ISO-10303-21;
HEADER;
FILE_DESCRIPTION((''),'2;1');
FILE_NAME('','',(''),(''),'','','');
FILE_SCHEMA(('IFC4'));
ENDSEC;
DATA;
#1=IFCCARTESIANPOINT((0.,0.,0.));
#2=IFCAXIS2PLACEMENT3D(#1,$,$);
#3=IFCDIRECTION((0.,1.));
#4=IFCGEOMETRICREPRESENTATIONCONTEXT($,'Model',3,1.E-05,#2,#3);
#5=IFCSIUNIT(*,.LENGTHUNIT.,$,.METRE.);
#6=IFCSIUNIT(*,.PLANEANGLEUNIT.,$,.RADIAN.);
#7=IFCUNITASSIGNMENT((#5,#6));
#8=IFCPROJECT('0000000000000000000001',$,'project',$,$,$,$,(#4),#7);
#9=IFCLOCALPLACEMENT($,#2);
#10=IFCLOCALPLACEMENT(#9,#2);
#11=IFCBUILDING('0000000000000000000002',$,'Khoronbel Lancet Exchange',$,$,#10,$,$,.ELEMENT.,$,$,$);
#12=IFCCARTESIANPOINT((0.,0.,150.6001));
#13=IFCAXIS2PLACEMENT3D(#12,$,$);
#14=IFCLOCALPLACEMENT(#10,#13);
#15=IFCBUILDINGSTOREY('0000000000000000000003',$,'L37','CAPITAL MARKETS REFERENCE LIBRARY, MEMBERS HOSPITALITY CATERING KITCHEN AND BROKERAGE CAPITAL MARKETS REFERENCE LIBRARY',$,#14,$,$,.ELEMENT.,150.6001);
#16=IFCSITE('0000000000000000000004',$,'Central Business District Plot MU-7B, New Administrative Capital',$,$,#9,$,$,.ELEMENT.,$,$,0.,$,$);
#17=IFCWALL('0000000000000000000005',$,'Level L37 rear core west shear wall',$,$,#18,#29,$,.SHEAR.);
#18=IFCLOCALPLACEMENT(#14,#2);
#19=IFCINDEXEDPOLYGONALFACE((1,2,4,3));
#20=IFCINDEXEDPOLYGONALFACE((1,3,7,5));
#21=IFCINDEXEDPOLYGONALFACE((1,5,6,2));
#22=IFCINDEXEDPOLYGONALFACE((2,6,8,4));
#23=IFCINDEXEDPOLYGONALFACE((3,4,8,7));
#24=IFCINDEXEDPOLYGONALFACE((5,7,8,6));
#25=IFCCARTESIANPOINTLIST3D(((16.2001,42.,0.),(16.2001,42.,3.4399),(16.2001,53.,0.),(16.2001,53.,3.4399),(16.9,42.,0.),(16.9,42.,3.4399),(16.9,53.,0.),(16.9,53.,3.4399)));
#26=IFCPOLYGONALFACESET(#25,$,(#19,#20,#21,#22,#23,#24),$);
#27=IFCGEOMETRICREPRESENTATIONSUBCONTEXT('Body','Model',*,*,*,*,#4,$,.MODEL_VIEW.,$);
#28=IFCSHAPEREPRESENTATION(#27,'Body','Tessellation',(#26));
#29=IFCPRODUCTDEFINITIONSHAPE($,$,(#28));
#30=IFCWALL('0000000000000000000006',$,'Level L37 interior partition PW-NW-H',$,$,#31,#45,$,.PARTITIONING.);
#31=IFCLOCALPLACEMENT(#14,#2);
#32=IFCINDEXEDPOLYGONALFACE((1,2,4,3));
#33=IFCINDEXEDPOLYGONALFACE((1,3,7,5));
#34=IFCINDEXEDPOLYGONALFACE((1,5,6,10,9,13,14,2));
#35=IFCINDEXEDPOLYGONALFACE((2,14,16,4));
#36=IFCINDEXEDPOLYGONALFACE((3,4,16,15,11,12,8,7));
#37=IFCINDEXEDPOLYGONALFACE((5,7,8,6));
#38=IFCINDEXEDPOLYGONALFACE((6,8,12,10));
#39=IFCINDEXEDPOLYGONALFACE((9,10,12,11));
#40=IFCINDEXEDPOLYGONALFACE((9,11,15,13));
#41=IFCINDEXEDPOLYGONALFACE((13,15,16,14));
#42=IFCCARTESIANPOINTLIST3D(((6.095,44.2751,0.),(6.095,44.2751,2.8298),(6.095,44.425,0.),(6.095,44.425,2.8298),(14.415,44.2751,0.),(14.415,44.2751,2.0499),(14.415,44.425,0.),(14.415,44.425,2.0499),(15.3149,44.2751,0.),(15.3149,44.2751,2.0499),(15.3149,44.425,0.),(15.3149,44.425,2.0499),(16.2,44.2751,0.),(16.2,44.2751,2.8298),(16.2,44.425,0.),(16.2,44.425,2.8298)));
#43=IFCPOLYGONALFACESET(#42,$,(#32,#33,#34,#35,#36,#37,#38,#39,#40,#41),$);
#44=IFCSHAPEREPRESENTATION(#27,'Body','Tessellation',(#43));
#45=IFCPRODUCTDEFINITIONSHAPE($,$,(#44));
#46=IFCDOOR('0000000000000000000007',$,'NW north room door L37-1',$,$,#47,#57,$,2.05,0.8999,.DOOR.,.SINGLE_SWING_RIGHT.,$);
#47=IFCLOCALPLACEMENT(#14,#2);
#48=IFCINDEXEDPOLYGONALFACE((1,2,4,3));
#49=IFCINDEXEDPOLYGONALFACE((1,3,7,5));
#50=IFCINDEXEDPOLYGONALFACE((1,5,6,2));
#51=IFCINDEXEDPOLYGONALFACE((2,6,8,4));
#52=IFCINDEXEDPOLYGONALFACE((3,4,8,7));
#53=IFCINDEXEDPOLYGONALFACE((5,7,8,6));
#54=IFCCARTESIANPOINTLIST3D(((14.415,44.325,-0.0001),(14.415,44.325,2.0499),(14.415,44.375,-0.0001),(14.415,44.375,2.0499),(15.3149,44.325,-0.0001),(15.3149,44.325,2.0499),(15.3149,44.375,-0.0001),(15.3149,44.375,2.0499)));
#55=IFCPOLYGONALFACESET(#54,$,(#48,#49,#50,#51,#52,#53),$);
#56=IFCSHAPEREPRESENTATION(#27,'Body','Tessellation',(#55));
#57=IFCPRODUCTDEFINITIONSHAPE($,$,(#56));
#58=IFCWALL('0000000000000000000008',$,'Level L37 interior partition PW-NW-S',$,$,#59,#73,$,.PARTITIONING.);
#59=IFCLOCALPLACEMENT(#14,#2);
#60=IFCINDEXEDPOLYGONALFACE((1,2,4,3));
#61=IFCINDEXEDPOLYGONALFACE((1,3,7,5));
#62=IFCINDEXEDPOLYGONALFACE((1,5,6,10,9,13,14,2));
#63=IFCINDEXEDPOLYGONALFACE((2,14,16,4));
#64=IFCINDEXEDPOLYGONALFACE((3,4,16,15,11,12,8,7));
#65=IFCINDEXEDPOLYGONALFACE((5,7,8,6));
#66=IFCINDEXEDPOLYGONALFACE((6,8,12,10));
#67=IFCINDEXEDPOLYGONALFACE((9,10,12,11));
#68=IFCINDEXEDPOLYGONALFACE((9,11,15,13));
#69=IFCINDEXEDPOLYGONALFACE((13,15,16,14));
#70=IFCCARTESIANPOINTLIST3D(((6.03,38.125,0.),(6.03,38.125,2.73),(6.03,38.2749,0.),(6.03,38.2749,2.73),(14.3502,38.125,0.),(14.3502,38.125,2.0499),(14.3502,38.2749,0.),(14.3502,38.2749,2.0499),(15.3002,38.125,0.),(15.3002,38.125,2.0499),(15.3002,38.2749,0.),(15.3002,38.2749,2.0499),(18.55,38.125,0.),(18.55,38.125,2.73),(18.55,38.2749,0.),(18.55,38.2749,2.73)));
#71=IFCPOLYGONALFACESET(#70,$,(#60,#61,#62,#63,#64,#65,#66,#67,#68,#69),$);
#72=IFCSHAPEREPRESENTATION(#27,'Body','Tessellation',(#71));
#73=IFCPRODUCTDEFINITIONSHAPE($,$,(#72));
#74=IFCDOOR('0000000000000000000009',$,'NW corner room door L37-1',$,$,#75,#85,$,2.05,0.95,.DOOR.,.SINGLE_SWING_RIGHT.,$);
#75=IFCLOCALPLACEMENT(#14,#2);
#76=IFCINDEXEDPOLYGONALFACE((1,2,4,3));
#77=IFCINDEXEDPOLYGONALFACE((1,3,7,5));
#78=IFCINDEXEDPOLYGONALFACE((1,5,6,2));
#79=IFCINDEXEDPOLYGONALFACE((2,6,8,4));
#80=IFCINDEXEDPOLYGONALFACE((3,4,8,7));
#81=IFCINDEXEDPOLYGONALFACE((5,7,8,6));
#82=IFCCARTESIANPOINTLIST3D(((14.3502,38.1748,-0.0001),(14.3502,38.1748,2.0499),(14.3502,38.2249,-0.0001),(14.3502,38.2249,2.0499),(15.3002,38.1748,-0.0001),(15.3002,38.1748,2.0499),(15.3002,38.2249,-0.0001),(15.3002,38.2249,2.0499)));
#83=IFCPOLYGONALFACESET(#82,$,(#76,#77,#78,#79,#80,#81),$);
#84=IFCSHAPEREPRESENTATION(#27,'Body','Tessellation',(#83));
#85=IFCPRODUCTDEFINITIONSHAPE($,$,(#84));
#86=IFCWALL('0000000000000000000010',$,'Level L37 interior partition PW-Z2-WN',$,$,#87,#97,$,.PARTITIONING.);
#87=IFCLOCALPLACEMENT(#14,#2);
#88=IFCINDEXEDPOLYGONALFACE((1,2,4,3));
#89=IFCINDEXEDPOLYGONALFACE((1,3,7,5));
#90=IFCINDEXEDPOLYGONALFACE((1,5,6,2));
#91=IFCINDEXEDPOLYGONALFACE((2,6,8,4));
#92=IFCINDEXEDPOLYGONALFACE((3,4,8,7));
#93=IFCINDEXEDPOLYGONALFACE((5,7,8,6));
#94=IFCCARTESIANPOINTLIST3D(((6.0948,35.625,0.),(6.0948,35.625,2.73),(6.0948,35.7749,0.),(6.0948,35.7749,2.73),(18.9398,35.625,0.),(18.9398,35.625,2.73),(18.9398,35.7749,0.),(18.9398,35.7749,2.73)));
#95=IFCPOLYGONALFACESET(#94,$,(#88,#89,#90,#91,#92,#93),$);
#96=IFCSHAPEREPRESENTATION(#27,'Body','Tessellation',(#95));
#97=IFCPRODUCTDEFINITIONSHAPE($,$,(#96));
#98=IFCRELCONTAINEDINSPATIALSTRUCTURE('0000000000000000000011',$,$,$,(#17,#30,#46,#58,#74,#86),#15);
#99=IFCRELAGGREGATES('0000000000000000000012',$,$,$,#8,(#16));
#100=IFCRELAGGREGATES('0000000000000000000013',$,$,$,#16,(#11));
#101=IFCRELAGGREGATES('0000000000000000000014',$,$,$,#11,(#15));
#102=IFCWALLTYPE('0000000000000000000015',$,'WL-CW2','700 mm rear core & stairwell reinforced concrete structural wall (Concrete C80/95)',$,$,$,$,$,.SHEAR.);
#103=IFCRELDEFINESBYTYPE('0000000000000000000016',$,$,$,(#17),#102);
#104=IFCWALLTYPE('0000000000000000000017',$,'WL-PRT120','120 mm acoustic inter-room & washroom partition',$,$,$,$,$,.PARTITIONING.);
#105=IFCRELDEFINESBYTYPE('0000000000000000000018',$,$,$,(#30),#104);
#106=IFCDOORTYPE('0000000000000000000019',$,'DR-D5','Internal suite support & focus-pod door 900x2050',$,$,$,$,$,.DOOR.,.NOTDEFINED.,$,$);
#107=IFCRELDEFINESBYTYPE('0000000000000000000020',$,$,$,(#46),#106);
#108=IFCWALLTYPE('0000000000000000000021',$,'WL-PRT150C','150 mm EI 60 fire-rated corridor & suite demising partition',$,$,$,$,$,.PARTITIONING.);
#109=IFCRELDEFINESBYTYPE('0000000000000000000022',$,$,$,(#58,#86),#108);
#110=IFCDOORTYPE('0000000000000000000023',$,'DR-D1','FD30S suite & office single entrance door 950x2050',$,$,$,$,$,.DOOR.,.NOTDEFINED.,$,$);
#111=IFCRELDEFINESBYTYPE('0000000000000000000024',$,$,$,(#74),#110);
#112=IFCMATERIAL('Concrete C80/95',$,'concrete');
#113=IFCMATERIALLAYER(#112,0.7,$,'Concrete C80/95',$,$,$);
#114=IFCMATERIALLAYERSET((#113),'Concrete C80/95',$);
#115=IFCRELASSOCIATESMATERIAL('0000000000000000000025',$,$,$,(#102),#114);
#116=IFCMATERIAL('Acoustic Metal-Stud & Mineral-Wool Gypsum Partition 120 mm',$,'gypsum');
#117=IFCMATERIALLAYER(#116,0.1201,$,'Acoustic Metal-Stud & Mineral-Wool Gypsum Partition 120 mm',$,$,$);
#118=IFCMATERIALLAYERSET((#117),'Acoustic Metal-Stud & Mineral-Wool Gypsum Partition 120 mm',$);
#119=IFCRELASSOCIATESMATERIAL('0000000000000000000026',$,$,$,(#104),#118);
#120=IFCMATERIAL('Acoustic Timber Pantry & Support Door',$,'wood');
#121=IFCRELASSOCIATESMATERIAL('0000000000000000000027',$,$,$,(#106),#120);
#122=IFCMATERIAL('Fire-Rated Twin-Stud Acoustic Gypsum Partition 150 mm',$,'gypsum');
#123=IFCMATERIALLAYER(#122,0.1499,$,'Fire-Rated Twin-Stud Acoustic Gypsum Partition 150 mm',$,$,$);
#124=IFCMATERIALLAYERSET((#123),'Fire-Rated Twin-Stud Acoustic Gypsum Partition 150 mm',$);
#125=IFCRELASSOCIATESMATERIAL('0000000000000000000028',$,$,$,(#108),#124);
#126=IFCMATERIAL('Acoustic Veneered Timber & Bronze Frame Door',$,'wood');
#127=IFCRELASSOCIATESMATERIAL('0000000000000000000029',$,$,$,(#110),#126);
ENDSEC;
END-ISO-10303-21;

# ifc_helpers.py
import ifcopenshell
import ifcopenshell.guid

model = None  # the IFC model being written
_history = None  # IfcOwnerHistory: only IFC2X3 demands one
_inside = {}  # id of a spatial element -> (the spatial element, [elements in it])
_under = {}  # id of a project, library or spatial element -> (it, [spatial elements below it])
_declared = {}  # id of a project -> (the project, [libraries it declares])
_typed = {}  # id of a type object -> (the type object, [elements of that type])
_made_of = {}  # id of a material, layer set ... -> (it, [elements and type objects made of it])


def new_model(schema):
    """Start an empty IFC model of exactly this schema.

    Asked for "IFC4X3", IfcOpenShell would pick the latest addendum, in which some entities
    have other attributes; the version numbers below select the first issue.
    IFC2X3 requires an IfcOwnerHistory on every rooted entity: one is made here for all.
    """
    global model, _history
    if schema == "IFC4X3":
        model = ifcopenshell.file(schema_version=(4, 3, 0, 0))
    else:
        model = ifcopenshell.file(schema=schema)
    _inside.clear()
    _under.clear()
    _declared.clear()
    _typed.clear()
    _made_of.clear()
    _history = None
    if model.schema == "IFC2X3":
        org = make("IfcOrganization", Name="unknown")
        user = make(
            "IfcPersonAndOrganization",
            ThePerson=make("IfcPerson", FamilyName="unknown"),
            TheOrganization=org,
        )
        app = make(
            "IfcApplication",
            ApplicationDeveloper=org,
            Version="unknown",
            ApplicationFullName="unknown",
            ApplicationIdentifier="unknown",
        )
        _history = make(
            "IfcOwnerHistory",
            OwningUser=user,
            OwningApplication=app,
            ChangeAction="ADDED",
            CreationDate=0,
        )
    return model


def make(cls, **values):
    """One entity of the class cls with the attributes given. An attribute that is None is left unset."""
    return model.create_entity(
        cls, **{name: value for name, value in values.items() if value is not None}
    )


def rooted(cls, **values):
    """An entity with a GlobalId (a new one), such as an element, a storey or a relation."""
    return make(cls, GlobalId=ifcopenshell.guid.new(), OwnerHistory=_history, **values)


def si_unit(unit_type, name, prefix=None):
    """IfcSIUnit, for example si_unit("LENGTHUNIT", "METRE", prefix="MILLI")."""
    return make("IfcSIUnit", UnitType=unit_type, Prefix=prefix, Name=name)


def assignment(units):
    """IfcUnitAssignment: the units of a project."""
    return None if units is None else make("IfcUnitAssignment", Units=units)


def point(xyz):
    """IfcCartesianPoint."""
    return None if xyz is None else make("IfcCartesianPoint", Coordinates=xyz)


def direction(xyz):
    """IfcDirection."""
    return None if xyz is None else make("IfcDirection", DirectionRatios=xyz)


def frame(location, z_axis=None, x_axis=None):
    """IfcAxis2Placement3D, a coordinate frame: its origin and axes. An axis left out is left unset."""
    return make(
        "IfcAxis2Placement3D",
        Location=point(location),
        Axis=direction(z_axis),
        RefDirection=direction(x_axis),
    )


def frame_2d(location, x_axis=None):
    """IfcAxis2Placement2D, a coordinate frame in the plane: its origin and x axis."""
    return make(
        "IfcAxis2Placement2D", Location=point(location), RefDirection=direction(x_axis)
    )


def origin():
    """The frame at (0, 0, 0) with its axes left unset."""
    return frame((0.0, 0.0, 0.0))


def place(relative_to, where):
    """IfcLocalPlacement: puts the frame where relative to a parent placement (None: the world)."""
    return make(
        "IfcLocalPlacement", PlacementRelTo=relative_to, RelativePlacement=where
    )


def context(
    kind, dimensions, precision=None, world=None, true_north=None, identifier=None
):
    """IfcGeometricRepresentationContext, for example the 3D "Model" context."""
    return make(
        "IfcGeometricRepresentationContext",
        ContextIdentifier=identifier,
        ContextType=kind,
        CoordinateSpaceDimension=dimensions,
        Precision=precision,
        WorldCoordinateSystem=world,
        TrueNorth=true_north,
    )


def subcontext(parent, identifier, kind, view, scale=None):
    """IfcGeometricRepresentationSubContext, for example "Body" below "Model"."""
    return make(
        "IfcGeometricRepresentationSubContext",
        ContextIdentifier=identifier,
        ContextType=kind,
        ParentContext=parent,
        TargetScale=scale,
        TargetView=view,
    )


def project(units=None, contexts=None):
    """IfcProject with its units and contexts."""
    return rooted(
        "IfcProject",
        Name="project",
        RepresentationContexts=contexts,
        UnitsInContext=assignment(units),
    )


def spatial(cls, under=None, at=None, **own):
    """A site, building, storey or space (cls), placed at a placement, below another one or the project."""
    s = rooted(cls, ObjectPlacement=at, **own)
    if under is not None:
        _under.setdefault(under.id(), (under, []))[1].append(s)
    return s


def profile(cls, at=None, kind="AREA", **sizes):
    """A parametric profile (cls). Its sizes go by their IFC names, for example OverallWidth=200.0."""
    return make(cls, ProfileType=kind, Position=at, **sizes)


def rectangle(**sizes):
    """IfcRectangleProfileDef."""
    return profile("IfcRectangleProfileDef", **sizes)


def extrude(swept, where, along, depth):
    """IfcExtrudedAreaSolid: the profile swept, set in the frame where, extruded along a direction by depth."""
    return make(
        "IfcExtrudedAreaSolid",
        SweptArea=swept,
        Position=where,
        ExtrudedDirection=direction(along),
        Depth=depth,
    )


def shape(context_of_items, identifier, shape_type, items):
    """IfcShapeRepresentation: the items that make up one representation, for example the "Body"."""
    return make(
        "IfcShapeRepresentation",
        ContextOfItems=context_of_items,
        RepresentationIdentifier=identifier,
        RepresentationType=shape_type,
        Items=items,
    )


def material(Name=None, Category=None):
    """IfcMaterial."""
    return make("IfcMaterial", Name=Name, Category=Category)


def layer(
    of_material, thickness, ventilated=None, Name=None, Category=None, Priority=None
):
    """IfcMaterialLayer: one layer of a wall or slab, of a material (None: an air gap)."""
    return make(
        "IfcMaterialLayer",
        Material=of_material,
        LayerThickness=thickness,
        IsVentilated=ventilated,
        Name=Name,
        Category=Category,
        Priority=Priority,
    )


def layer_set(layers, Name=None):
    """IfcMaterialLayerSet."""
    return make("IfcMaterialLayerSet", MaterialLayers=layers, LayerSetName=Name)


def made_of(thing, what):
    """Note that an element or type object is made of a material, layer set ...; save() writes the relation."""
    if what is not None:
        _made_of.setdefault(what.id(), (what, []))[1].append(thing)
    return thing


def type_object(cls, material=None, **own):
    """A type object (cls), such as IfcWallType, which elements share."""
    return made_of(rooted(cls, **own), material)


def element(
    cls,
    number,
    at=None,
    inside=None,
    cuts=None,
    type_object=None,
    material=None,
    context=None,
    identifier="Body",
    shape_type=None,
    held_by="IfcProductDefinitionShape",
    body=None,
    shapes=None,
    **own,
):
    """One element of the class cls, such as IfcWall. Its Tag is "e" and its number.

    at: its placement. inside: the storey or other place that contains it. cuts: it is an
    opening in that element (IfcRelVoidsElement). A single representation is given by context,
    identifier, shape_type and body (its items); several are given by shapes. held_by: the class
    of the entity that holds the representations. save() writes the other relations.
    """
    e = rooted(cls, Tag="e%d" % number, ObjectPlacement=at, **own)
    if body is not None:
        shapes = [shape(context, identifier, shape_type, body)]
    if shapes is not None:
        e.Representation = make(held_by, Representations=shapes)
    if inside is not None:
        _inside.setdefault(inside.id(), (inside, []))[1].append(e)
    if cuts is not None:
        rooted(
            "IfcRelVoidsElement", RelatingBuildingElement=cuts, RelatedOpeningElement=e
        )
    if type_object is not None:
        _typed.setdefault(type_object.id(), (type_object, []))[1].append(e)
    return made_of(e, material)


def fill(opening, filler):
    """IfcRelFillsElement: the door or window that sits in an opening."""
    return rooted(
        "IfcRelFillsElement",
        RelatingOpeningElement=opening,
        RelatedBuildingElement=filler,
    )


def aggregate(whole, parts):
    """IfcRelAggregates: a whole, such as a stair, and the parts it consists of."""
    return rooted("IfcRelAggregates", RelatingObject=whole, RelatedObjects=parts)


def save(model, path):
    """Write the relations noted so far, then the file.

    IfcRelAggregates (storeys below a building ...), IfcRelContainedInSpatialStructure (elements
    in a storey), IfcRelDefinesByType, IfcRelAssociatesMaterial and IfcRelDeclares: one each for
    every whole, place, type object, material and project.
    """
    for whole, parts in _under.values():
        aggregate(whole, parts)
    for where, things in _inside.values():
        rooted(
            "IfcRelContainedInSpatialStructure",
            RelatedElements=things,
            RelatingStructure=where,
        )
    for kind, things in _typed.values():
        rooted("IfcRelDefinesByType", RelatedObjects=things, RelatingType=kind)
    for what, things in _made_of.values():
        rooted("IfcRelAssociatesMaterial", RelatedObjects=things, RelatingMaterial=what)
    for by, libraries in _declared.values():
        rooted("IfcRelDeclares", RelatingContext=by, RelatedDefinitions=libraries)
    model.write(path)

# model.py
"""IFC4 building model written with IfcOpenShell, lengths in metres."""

from ifc_helpers import new_model, si_unit, direction, frame, frame_2d, origin, place, context, subcontext, project, spatial, rectangle, extrude, material, layer, layer_set, type_object, element, fill, save


model = new_model("IFC4")

# Units and contexts
model_context = context("Model", 3, precision=1e-05, world=origin(), true_north=direction((0.0, 1.0)))
body_context = subcontext(model_context, "Body", "Model", "MODEL_VIEW")
ifc_project = project(units=[si_unit("LENGTHUNIT", "METRE"), si_unit("PLANEANGLEUNIT", "RADIAN")], contexts=[model_context])

# Site, building, storey
site_placement = place(None, origin())
site = spatial("IfcSite", under=ifc_project, at=site_placement, Name="Central Business District Plot MU-7B, New Administrative Capital", CompositionType="ELEMENT", RefElevation=0.0)
building_placement = place(site_placement, origin())
building = spatial("IfcBuilding", under=site, at=building_placement, Name="Khoronbel Lancet Exchange", CompositionType="ELEMENT")
storey_placement = place(building_placement, frame((0.0, 0.0, 150.6001)))
storey = spatial("IfcBuildingStorey", under=building, at=storey_placement, Name="L37", Description="CAPITAL MARKETS REFERENCE LIBRARY, MEMBERS HOSPITALITY CATERING KITCHEN AND BROKERAGE CAPITAL MARKETS REFERENCE LIBRARY", CompositionType="ELEMENT", Elevation=150.6001)

# Wall
ifc_material_1 = material(Name="Concrete C80/95", Category="concrete")
ifc_layer_1 = layer(ifc_material_1, 0.7, Name="Concrete C80/95")
ifc_layer_set_1 = layer_set([ifc_layer_1], Name="Concrete C80/95")
wall_type_1 = type_object("IfcWallType", Name="WL-CW2", Description="700 mm rear core & stairwell reinforced concrete structural wall (Concrete C80/95)", PredefinedType="SHEAR", material=ifc_layer_set_1)
wall_1_placement = place(storey_placement, frame((16.55, 42.0, 0.0), z_axis=(0.0, 0.0, 1.0), x_axis=(0.0, 1.0, 0.0)))
element("IfcWall", 1, at=wall_1_placement, inside=storey, type_object=wall_type_1, Name="Level L37 rear core west shear wall", PredefinedType="SHEAR", context=body_context, shape_type="SweptSolid", body=[
    extrude(rectangle(XDim=11.0, YDim=0.7, at=frame_2d((5.5, 0.0))), origin(), (0.0, 0.0, 1.0), 3.4399),
])

# Walls, openings, doors
ifc_material_2 = material(Name="Acoustic Metal-Stud & Mineral-Wool Gypsum Partition 120 mm", Category="gypsum")
ifc_layer_2 = layer(ifc_material_2, 0.1201, Name="Acoustic Metal-Stud & Mineral-Wool Gypsum Partition 120 mm")
ifc_layer_set_2 = layer_set([ifc_layer_2], Name="Acoustic Metal-Stud & Mineral-Wool Gypsum Partition 120 mm")
wall_type_2 = type_object("IfcWallType", Name="WL-PRT120", Description="120 mm acoustic inter-room & washroom partition", PredefinedType="PARTITIONING", material=ifc_layer_set_2)
wall_2_placement = place(storey_placement, frame((6.095, 44.3501, 0.0), z_axis=(0.0, 0.0, 1.0), x_axis=(1.0, 0.0, 0.0)))
wall_2 = element("IfcWall", 2, at=wall_2_placement, inside=storey, type_object=wall_type_2, Name="Level L37 interior partition PW-NW-H", PredefinedType="PARTITIONING", context=body_context, shape_type="SweptSolid", body=[
    extrude(rectangle(XDim=10.105, YDim=0.1499, at=frame_2d((5.0525, 0.0))), origin(), (0.0, 0.0, 1.0), 2.8298),
])
opening_1_placement = place(wall_2_placement, frame((8.3201, 0.0, 0.0)))
opening_1 = element("IfcOpeningElement", 3, at=opening_1_placement, cuts=wall_2, PredefinedType="OPENING", context=body_context, shape_type="SweptSolid", body=[
    extrude(rectangle(XDim=0.8999, YDim=2.05, at=frame_2d((0.45, 1.0249))), frame((0.0, 0.085, 0.0), z_axis=(0.0, -1.0, 0.0), x_axis=(1.0, 0.0, 0.0)), (0.0, 0.0, 1.0), 0.1699),
])
ifc_material_3 = material(Name="Acoustic Timber Pantry & Support Door", Category="wood")
door_type_1 = type_object("IfcDoorType", Name="DR-D5", Description="Internal suite support & focus-pod door 900x2050", OperationType="NOTDEFINED", PredefinedType="DOOR", material=ifc_material_3)
door_1_placement = place(opening_1_placement, origin())
door_1 = element("IfcDoor", 4, at=door_1_placement, inside=storey, type_object=door_type_1, Name="NW north room door L37-1", OperationType="SINGLE_SWING_RIGHT", OverallHeight=2.05, OverallWidth=0.8999, PredefinedType="DOOR", context=body_context, shape_type="SweptSolid", body=[
    extrude(rectangle(XDim=0.8999, YDim=2.05, at=frame_2d((0.45, 1.0249))), frame((0.0, 0.0249, 0.0), z_axis=(0.0, -1.0, 0.0), x_axis=(1.0, 0.0, 0.0)), (0.0, 0.0, 1.0), 0.05),
])
fill(opening_1, door_1)
ifc_material_4 = material(Name="Fire-Rated Twin-Stud Acoustic Gypsum Partition 150 mm", Category="gypsum")
ifc_layer_3 = layer(ifc_material_4, 0.1499, Name="Fire-Rated Twin-Stud Acoustic Gypsum Partition 150 mm")
ifc_layer_set_3 = layer_set([ifc_layer_3], Name="Fire-Rated Twin-Stud Acoustic Gypsum Partition 150 mm")
wall_type_3 = type_object("IfcWallType", Name="WL-PRT150C", Description="150 mm EI 60 fire-rated corridor & suite demising partition", PredefinedType="PARTITIONING", material=ifc_layer_set_3)
wall_3_placement = place(storey_placement, frame((6.03, 38.2, 0.0), z_axis=(0.0, 0.0, 1.0), x_axis=(1.0, 0.0, 0.0)))
wall_3 = element("IfcWall", 5, at=wall_3_placement, inside=storey, type_object=wall_type_3, Name="Level L37 interior partition PW-NW-S", PredefinedType="PARTITIONING", context=body_context, shape_type="SweptSolid", body=[
    extrude(rectangle(XDim=12.52, YDim=0.1499, at=frame_2d((6.26, 0.0))), origin(), (0.0, 0.0, 1.0), 2.73),
])
opening_2_placement = place(wall_3_placement, frame((8.3201, 0.0, 0.0)))
opening_2 = element("IfcOpeningElement", 6, at=opening_2_placement, cuts=wall_3, PredefinedType="OPENING", context=body_context, shape_type="SweptSolid", body=[
    extrude(rectangle(XDim=0.95, YDim=2.05, at=frame_2d((0.4751, 1.0249))), frame((0.0, 0.085, 0.0), z_axis=(0.0, -1.0, 0.0), x_axis=(1.0, 0.0, 0.0)), (0.0, 0.0, 1.0), 0.1699),
])
ifc_material_5 = material(Name="Acoustic Veneered Timber & Bronze Frame Door", Category="wood")
door_type_2 = type_object("IfcDoorType", Name="DR-D1", Description="FD30S suite & office single entrance door 950x2050", OperationType="NOTDEFINED", PredefinedType="DOOR", material=ifc_material_5)
door_2_placement = place(opening_2_placement, origin())
door_2 = element("IfcDoor", 7, at=door_2_placement, inside=storey, type_object=door_type_2, Name="NW corner room door L37-1", OperationType="SINGLE_SWING_RIGHT", OverallHeight=2.05, OverallWidth=0.95, PredefinedType="DOOR", context=body_context, shape_type="SweptSolid", body=[
    extrude(rectangle(XDim=0.95, YDim=2.05, at=frame_2d((0.4751, 1.0249))), frame((0.0, 0.0249, 0.0), z_axis=(0.0, -1.0, 0.0), x_axis=(1.0, 0.0, 0.0)), (0.0, 0.0, 1.0), 0.05),
])
fill(opening_2, door_2)

# Wall
wall_4_placement = place(storey_placement, frame((6.095, 35.7, 0.0), z_axis=(0.0, 0.0, 1.0), x_axis=(1.0, 0.0, 0.0)))
element("IfcWall", 8, at=wall_4_placement, inside=storey, type_object=wall_type_3, Name="Level L37 interior partition PW-Z2-WN", PredefinedType="PARTITIONING", context=body_context, shape_type="SweptSolid", body=[
    extrude(rectangle(XDim=12.845, YDim=0.1499, at=frame_2d((6.4224, 0.0))), origin(), (0.0, 0.0, 1.0), 2.73),
])

save(model, "model.ifc")
